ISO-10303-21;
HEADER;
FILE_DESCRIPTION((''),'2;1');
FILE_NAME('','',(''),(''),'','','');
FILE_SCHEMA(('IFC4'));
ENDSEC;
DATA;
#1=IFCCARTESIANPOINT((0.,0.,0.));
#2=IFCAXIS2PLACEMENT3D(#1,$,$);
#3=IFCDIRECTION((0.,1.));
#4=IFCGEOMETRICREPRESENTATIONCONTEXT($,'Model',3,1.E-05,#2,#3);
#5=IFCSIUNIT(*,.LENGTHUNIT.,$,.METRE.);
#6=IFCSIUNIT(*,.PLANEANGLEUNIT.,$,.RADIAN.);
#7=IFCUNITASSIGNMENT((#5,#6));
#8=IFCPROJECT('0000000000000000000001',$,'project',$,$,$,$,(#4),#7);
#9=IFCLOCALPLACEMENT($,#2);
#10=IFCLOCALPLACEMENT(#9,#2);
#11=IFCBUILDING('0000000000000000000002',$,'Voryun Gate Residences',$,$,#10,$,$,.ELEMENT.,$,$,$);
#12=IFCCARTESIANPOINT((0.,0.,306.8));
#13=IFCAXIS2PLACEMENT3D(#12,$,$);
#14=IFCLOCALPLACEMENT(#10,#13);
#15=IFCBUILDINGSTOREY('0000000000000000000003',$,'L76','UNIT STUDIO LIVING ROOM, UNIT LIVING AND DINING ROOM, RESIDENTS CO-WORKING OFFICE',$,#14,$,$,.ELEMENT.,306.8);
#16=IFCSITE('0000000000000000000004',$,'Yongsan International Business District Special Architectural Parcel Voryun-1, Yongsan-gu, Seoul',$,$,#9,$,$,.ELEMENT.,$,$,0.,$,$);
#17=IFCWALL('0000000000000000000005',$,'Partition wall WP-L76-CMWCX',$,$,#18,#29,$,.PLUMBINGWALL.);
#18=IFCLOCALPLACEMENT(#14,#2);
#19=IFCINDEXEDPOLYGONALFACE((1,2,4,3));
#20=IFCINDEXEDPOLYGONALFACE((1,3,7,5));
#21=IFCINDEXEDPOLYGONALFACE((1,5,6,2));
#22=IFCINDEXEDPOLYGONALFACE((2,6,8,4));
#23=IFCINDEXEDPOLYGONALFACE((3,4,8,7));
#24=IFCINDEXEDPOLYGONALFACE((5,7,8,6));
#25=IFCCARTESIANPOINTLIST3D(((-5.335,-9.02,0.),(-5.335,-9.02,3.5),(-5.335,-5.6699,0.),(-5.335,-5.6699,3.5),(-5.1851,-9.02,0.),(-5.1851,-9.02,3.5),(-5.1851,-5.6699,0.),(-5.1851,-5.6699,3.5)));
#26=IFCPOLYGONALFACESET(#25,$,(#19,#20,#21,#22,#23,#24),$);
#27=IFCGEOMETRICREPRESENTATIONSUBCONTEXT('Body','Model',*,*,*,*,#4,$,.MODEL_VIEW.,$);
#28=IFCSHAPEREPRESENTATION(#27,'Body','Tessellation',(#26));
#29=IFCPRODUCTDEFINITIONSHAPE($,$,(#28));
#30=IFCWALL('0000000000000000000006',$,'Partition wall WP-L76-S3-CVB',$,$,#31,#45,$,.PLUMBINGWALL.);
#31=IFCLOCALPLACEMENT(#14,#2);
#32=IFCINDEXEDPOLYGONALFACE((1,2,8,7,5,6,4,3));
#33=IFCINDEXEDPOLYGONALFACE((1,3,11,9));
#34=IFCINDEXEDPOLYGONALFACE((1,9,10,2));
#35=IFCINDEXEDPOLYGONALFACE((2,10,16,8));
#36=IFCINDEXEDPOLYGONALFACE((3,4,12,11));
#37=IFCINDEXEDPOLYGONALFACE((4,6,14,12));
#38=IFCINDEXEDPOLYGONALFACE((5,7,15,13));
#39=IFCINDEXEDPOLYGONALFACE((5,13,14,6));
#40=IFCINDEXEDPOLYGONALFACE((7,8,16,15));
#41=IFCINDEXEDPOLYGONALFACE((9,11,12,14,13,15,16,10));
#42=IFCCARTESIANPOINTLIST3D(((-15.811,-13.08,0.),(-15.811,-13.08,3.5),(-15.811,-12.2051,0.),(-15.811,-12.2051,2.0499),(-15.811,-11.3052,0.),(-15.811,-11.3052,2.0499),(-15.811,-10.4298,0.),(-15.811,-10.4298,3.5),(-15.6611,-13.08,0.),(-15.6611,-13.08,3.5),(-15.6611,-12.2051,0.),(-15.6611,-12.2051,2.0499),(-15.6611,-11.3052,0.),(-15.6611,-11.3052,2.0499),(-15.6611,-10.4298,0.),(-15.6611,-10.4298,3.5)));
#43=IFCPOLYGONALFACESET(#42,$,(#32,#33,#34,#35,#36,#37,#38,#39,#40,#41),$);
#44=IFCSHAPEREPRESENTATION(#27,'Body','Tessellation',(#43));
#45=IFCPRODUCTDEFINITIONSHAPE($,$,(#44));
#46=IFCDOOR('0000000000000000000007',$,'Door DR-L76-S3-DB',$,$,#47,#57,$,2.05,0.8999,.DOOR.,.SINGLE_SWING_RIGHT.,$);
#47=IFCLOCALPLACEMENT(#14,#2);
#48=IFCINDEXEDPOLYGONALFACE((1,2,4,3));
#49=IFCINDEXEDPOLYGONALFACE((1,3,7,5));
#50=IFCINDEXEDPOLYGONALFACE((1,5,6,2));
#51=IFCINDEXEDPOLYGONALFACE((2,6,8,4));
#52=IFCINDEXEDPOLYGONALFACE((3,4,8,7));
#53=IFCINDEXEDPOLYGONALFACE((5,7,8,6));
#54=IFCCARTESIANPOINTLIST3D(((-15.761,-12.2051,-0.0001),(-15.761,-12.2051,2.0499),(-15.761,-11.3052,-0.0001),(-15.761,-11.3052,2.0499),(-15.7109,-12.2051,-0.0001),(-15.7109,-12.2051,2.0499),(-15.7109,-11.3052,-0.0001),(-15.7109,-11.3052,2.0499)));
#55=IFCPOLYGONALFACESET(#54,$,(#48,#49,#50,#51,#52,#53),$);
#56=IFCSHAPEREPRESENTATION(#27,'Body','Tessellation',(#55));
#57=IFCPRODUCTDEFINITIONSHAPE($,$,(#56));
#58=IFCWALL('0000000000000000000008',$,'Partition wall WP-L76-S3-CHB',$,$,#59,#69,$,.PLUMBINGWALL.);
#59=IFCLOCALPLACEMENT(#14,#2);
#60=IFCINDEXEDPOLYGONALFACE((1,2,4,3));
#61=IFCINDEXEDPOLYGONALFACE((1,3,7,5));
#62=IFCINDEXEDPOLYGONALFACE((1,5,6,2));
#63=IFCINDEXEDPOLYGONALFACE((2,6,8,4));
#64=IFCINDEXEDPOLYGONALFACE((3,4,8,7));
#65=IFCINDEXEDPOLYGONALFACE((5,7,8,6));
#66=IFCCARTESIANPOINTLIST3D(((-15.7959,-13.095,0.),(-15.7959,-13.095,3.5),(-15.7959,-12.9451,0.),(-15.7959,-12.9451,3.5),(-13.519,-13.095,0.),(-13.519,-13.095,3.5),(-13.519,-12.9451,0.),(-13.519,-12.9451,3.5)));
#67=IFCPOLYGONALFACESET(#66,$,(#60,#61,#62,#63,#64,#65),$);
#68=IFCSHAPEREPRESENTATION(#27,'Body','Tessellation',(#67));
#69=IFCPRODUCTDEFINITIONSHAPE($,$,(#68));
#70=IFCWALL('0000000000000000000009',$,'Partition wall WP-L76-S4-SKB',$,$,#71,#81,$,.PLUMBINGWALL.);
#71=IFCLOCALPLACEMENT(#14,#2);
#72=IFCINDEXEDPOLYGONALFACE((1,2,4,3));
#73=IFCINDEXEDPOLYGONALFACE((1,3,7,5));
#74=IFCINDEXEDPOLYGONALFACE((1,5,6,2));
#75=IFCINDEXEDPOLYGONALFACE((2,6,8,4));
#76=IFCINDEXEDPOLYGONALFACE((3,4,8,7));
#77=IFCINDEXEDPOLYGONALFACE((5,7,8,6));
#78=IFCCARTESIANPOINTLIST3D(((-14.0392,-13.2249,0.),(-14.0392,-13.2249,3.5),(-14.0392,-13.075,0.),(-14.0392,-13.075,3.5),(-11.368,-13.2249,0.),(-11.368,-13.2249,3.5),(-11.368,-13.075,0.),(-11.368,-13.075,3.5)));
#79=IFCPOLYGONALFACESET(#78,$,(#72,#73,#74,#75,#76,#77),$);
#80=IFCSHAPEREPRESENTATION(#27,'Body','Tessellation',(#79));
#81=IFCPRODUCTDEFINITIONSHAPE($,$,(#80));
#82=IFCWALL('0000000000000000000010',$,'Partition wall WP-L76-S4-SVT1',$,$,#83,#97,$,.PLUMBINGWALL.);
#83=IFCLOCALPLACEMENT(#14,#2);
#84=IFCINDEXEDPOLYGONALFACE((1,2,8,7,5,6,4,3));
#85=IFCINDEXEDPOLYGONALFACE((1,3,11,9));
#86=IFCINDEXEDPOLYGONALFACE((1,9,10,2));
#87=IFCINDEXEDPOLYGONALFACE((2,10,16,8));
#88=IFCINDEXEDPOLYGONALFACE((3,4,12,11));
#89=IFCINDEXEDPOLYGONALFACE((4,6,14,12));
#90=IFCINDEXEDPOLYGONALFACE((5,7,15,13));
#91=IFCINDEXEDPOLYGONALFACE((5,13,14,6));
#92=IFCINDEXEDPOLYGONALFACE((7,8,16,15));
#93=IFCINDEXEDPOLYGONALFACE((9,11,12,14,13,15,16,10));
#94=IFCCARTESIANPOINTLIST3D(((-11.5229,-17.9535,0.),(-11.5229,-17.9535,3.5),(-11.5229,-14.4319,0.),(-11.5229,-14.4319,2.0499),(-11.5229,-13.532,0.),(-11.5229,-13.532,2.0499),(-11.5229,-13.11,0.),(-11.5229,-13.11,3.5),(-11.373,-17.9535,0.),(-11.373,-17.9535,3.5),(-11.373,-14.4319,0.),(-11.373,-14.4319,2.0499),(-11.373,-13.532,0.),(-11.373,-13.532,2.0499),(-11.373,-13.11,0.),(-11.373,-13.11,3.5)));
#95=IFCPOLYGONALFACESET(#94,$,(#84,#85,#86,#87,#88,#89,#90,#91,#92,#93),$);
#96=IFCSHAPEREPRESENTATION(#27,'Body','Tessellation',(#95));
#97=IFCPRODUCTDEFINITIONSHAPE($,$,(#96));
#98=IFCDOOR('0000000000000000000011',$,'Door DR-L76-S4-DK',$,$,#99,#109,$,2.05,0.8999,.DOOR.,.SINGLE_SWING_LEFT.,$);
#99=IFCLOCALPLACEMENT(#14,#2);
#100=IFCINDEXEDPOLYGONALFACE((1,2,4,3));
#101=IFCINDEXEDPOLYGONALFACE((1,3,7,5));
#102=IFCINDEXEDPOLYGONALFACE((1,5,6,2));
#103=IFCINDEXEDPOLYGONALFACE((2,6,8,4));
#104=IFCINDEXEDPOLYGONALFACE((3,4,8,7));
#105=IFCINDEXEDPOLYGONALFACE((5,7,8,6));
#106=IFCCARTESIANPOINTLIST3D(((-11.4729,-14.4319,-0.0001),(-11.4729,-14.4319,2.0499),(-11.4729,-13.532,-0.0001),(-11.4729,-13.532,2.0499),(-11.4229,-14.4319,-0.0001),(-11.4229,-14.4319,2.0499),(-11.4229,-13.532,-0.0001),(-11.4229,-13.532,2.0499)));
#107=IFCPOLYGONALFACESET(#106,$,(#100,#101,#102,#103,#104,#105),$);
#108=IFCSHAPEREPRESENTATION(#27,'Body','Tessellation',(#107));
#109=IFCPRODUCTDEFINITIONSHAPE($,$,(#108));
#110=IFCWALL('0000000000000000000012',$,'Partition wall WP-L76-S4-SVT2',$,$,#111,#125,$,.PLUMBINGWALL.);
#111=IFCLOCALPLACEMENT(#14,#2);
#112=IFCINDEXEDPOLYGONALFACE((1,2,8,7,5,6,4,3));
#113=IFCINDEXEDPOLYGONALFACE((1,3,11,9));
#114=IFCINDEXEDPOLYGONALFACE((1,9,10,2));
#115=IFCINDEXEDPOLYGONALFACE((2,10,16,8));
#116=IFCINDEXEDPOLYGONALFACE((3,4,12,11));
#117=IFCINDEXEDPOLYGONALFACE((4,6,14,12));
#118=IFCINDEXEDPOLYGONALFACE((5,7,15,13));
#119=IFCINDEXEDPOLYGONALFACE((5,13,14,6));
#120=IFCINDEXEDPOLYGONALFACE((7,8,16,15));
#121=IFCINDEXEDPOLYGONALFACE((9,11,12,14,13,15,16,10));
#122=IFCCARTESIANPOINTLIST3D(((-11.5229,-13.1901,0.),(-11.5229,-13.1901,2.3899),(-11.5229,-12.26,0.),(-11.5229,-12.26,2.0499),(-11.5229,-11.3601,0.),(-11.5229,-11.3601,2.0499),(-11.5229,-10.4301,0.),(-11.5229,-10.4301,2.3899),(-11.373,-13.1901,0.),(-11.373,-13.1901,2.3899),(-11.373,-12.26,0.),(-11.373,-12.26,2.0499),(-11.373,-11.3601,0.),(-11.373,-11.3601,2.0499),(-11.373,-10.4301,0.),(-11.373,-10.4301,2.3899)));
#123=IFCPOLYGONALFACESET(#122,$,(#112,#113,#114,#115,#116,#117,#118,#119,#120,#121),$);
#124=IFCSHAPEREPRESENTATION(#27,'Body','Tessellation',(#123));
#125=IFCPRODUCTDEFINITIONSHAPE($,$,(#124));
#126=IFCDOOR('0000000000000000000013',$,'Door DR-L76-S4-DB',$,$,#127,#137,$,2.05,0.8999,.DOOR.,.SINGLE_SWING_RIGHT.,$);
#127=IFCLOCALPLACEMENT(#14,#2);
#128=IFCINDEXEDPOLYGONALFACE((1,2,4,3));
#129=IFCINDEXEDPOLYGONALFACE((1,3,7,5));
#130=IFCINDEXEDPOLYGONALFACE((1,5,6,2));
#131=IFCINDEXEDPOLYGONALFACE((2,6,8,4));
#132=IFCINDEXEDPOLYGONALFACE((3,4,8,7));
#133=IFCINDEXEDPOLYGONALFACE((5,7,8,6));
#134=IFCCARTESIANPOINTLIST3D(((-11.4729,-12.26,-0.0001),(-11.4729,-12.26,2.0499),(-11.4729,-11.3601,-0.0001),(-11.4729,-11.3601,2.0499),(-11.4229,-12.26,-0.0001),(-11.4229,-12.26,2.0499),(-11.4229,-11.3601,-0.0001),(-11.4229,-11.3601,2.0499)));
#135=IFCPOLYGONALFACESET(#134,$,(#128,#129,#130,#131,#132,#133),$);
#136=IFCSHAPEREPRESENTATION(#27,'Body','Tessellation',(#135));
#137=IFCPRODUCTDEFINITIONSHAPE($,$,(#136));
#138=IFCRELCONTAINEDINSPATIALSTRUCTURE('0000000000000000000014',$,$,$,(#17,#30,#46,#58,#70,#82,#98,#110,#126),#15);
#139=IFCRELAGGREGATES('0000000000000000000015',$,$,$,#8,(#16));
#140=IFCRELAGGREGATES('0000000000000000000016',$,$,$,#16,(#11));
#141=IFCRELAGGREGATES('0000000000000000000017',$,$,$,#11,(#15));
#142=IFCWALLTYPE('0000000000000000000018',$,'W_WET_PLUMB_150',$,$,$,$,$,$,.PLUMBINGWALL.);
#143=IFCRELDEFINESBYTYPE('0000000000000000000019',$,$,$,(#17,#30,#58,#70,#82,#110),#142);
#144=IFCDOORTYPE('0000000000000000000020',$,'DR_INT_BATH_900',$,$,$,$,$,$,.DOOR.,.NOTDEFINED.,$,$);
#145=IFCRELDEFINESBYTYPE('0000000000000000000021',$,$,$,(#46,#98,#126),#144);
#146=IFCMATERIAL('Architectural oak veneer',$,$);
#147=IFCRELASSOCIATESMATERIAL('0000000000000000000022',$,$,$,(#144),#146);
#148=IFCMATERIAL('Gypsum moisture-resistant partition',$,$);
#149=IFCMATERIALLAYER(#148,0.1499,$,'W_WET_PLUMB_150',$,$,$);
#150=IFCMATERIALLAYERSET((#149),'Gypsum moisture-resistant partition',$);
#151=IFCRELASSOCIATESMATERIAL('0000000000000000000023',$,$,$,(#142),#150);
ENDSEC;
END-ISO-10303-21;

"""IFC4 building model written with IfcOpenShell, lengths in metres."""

from ifc_helpers import new_model, si_unit, direction, frame, frame_2d, origin, place, context, subcontext, project, spatial, rectangle, extrude, material, layer, layer_set, type_object, element, fill, save


model = new_model("IFC4")

# Units and contexts
model_context = context("Model", 3, precision=1e-05, world=origin(), true_north=direction((0.0, 1.0)))
body_context = subcontext(model_context, "Body", "Model", "MODEL_VIEW")
ifc_project = project(units=[si_unit("LENGTHUNIT", "METRE"), si_unit("PLANEANGLEUNIT", "RADIAN")], contexts=[model_context])

# Site, building, storey
site_placement = place(None, origin())
site = spatial("IfcSite", under=ifc_project, at=site_placement, Name="Yongsan International Business District Special Architectural Parcel Voryun-1, Yongsan-gu, Seoul", CompositionType="ELEMENT", RefElevation=0.0)
building_placement = place(site_placement, origin())
building = spatial("IfcBuilding", under=site, at=building_placement, Name="Voryun Gate Residences", CompositionType="ELEMENT")
storey_placement = place(building_placement, frame((0.0, 0.0, 306.8)))
storey = spatial("IfcBuildingStorey", under=building, at=storey_placement, Name="L76", Description="UNIT STUDIO LIVING ROOM, UNIT LIVING AND DINING ROOM, RESIDENTS CO-WORKING OFFICE", CompositionType="ELEMENT", Elevation=306.8)

# Shared definitions
ifc_material_1 = material(Name="Architectural oak veneer")
door_type_1 = type_object("IfcDoorType", Name="DR_INT_BATH_900", OperationType="NOTDEFINED", PredefinedType="DOOR", material=ifc_material_1)

# Wall
ifc_material_2 = material(Name="Gypsum moisture-resistant partition")
ifc_layer_1 = layer(ifc_material_2, 0.1499, Name="W_WET_PLUMB_150")
ifc_layer_set_1 = layer_set([ifc_layer_1], Name="Gypsum moisture-resistant partition")
wall_type_1 = type_object("IfcWallType", Name="W_WET_PLUMB_150", PredefinedType="PLUMBINGWALL", material=ifc_layer_set_1)
wall_1_placement = place(storey_placement, frame((-5.26, -9.02, 0.0), z_axis=(0.0, 0.0, 1.0), x_axis=(0.0, 1.0, 0.0)))
element("IfcWall", 1, at=wall_1_placement, inside=storey, type_object=wall_type_1, Name="Partition wall WP-L76-CMWCX", PredefinedType="PLUMBINGWALL", context=body_context, shape_type="SweptSolid", body=[
    extrude(rectangle(XDim=3.3501, YDim=0.1499, at=frame_2d((1.675, 0.0))), origin(), (0.0, 0.0, 1.0), 3.5),
])

# Wall, opening, door
wall_2_placement = place(storey_placement, frame((-15.7361, -13.0801, 0.0), z_axis=(0.0, 0.0, 1.0), x_axis=(0.0, 1.0, 0.0)))
wall_2 = element("IfcWall", 2, at=wall_2_placement, inside=storey, type_object=wall_type_1, Name="Partition wall WP-L76-S3-CVB", PredefinedType="PLUMBINGWALL", context=body_context, shape_type="SweptSolid", body=[
    extrude(rectangle(XDim=2.6501, YDim=0.1499, at=frame_2d((1.3252, 0.0))), origin(), (0.0, 0.0, 1.0), 3.5),
])
opening_1_placement = place(wall_2_placement, frame((0.875, 0.0, 0.0)))
opening_1 = element("IfcOpeningElement", 3, at=opening_1_placement, cuts=wall_2, PredefinedType="OPENING", context=body_context, shape_type="SweptSolid", body=[
    extrude(rectangle(XDim=0.8999, YDim=2.05, at=frame_2d((0.45, 1.0249))), frame((0.0, 0.085, 0.0), z_axis=(0.0, -1.0, 0.0), x_axis=(1.0, 0.0, 0.0)), (0.0, 0.0, 1.0), 0.1699),
])
door_1_placement = place(opening_1_placement, origin())
door_1 = element("IfcDoor", 4, at=door_1_placement, inside=storey, type_object=door_type_1, Name="Door DR-L76-S3-DB", OperationType="SINGLE_SWING_RIGHT", OverallHeight=2.05, OverallWidth=0.8999, PredefinedType="DOOR", context=body_context, shape_type="SweptSolid", body=[
    extrude(rectangle(XDim=0.8999, YDim=2.05, at=frame_2d((0.45, 1.0249))), frame((0.0, 0.0249, 0.0), z_axis=(0.0, -1.0, 0.0), x_axis=(1.0, 0.0, 0.0)), (0.0, 0.0, 1.0), 0.05),
])
fill(opening_1, door_1)

# Walls
wall_3_placement = place(storey_placement, frame((-15.7959, -13.02, 0.0), z_axis=(0.0, 0.0, 1.0), x_axis=(1.0, 0.0, 0.0)))
element("IfcWall", 5, at=wall_3_placement, inside=storey, type_object=wall_type_1, Name="Partition wall WP-L76-S3-CHB", PredefinedType="PLUMBINGWALL", context=body_context, shape_type="SweptSolid", body=[
    extrude(rectangle(XDim=2.2769, YDim=0.1499, at=frame_2d((1.1384, 0.0))), origin(), (0.0, 0.0, 1.0), 3.5),
])
wall_4_placement = place(storey_placement, frame((-14.0391, -13.1499, 0.0), z_axis=(0.0, 0.0, 1.0), x_axis=(1.0, 0.0, 0.0)))
element("IfcWall", 6, at=wall_4_placement, inside=storey, type_object=wall_type_1, Name="Partition wall WP-L76-S4-SKB", PredefinedType="PLUMBINGWALL", context=body_context, shape_type="SweptSolid", body=[
    extrude(rectangle(XDim=2.6711, YDim=0.1499, at=frame_2d((1.3354, 0.0))), origin(), (0.0, 0.0, 1.0), 3.5),
])

# Walls, openings, doors
wall_5_placement = place(storey_placement, frame((-11.448, -17.9536, 0.0), z_axis=(0.0, 0.0, 1.0), x_axis=(0.0, 1.0, 0.0)))
wall_5 = element("IfcWall", 7, at=wall_5_placement, inside=storey, type_object=wall_type_1, Name="Partition wall WP-L76-S4-SVT1", PredefinedType="PLUMBINGWALL", context=body_context, shape_type="SweptSolid", body=[
    extrude(rectangle(XDim=4.8435, YDim=0.1499, at=frame_2d((2.4219, 0.0))), origin(), (0.0, 0.0, 1.0), 3.5),
])
opening_2_placement = place(wall_5_placement, frame((3.5217, 0.0, 0.0)))
opening_2 = element("IfcOpeningElement", 8, at=opening_2_placement, cuts=wall_5, PredefinedType="OPENING", context=body_context, shape_type="SweptSolid", body=[
    extrude(rectangle(XDim=0.8999, YDim=2.05, at=frame_2d((0.45, 1.0249))), frame((0.0, 0.085, 0.0), z_axis=(0.0, -1.0, 0.0), x_axis=(1.0, 0.0, 0.0)), (0.0, 0.0, 1.0), 0.1699),
])
door_2_placement = place(opening_2_placement, origin())
door_2 = element("IfcDoor", 9, at=door_2_placement, inside=storey, type_object=door_type_1, Name="Door DR-L76-S4-DK", OperationType="SINGLE_SWING_LEFT", OverallHeight=2.05, OverallWidth=0.8999, PredefinedType="DOOR", context=body_context, shape_type="SweptSolid", body=[
    extrude(rectangle(XDim=0.8999, YDim=2.05, at=frame_2d((0.45, 1.0249))), frame((0.0, 0.0249, 0.0), z_axis=(0.0, -1.0, 0.0), x_axis=(1.0, 0.0, 0.0)), (0.0, 0.0, 1.0), 0.05),
])
fill(opening_2, door_2)
wall_6_placement = place(storey_placement, frame((-11.448, -13.1899, 0.0), z_axis=(0.0, 0.0, 1.0), x_axis=(0.0, 1.0, 0.0)))
wall_6 = element("IfcWall", 10, at=wall_6_placement, inside=storey, type_object=wall_type_1, Name="Partition wall WP-L76-S4-SVT2", PredefinedType="PLUMBINGWALL", context=body_context, shape_type="SweptSolid", body=[
    extrude(rectangle(XDim=2.76, YDim=0.1499, at=frame_2d((1.3799, 0.0))), origin(), (0.0, 0.0, 1.0), 2.3899),
])
opening_3_placement = place(wall_6_placement, frame((0.9299, 0.0, 0.0)))
opening_3 = element("IfcOpeningElement", 11, at=opening_3_placement, cuts=wall_6, PredefinedType="OPENING", context=body_context, shape_type="SweptSolid", body=[
    extrude(rectangle(XDim=0.8999, YDim=2.05, at=frame_2d((0.45, 1.0249))), frame((0.0, 0.085, 0.0), z_axis=(0.0, -1.0, 0.0), x_axis=(1.0, 0.0, 0.0)), (0.0, 0.0, 1.0), 0.1699),
])
door_3_placement = place(opening_3_placement, origin())
door_3 = element("IfcDoor", 12, at=door_3_placement, inside=storey, type_object=door_type_1, Name="Door DR-L76-S4-DB", OperationType="SINGLE_SWING_RIGHT", OverallHeight=2.05, OverallWidth=0.8999, PredefinedType="DOOR", context=body_context, shape_type="SweptSolid", body=[
    extrude(rectangle(XDim=0.8999, YDim=2.05, at=frame_2d((0.45, 1.0249))), frame((0.0, 0.0249, 0.0), z_axis=(0.0, -1.0, 0.0), x_axis=(1.0, 0.0, 0.0)), (0.0, 0.0, 1.0), 0.05),
])
fill(opening_3, door_3)

save(model, "model.ifc")
